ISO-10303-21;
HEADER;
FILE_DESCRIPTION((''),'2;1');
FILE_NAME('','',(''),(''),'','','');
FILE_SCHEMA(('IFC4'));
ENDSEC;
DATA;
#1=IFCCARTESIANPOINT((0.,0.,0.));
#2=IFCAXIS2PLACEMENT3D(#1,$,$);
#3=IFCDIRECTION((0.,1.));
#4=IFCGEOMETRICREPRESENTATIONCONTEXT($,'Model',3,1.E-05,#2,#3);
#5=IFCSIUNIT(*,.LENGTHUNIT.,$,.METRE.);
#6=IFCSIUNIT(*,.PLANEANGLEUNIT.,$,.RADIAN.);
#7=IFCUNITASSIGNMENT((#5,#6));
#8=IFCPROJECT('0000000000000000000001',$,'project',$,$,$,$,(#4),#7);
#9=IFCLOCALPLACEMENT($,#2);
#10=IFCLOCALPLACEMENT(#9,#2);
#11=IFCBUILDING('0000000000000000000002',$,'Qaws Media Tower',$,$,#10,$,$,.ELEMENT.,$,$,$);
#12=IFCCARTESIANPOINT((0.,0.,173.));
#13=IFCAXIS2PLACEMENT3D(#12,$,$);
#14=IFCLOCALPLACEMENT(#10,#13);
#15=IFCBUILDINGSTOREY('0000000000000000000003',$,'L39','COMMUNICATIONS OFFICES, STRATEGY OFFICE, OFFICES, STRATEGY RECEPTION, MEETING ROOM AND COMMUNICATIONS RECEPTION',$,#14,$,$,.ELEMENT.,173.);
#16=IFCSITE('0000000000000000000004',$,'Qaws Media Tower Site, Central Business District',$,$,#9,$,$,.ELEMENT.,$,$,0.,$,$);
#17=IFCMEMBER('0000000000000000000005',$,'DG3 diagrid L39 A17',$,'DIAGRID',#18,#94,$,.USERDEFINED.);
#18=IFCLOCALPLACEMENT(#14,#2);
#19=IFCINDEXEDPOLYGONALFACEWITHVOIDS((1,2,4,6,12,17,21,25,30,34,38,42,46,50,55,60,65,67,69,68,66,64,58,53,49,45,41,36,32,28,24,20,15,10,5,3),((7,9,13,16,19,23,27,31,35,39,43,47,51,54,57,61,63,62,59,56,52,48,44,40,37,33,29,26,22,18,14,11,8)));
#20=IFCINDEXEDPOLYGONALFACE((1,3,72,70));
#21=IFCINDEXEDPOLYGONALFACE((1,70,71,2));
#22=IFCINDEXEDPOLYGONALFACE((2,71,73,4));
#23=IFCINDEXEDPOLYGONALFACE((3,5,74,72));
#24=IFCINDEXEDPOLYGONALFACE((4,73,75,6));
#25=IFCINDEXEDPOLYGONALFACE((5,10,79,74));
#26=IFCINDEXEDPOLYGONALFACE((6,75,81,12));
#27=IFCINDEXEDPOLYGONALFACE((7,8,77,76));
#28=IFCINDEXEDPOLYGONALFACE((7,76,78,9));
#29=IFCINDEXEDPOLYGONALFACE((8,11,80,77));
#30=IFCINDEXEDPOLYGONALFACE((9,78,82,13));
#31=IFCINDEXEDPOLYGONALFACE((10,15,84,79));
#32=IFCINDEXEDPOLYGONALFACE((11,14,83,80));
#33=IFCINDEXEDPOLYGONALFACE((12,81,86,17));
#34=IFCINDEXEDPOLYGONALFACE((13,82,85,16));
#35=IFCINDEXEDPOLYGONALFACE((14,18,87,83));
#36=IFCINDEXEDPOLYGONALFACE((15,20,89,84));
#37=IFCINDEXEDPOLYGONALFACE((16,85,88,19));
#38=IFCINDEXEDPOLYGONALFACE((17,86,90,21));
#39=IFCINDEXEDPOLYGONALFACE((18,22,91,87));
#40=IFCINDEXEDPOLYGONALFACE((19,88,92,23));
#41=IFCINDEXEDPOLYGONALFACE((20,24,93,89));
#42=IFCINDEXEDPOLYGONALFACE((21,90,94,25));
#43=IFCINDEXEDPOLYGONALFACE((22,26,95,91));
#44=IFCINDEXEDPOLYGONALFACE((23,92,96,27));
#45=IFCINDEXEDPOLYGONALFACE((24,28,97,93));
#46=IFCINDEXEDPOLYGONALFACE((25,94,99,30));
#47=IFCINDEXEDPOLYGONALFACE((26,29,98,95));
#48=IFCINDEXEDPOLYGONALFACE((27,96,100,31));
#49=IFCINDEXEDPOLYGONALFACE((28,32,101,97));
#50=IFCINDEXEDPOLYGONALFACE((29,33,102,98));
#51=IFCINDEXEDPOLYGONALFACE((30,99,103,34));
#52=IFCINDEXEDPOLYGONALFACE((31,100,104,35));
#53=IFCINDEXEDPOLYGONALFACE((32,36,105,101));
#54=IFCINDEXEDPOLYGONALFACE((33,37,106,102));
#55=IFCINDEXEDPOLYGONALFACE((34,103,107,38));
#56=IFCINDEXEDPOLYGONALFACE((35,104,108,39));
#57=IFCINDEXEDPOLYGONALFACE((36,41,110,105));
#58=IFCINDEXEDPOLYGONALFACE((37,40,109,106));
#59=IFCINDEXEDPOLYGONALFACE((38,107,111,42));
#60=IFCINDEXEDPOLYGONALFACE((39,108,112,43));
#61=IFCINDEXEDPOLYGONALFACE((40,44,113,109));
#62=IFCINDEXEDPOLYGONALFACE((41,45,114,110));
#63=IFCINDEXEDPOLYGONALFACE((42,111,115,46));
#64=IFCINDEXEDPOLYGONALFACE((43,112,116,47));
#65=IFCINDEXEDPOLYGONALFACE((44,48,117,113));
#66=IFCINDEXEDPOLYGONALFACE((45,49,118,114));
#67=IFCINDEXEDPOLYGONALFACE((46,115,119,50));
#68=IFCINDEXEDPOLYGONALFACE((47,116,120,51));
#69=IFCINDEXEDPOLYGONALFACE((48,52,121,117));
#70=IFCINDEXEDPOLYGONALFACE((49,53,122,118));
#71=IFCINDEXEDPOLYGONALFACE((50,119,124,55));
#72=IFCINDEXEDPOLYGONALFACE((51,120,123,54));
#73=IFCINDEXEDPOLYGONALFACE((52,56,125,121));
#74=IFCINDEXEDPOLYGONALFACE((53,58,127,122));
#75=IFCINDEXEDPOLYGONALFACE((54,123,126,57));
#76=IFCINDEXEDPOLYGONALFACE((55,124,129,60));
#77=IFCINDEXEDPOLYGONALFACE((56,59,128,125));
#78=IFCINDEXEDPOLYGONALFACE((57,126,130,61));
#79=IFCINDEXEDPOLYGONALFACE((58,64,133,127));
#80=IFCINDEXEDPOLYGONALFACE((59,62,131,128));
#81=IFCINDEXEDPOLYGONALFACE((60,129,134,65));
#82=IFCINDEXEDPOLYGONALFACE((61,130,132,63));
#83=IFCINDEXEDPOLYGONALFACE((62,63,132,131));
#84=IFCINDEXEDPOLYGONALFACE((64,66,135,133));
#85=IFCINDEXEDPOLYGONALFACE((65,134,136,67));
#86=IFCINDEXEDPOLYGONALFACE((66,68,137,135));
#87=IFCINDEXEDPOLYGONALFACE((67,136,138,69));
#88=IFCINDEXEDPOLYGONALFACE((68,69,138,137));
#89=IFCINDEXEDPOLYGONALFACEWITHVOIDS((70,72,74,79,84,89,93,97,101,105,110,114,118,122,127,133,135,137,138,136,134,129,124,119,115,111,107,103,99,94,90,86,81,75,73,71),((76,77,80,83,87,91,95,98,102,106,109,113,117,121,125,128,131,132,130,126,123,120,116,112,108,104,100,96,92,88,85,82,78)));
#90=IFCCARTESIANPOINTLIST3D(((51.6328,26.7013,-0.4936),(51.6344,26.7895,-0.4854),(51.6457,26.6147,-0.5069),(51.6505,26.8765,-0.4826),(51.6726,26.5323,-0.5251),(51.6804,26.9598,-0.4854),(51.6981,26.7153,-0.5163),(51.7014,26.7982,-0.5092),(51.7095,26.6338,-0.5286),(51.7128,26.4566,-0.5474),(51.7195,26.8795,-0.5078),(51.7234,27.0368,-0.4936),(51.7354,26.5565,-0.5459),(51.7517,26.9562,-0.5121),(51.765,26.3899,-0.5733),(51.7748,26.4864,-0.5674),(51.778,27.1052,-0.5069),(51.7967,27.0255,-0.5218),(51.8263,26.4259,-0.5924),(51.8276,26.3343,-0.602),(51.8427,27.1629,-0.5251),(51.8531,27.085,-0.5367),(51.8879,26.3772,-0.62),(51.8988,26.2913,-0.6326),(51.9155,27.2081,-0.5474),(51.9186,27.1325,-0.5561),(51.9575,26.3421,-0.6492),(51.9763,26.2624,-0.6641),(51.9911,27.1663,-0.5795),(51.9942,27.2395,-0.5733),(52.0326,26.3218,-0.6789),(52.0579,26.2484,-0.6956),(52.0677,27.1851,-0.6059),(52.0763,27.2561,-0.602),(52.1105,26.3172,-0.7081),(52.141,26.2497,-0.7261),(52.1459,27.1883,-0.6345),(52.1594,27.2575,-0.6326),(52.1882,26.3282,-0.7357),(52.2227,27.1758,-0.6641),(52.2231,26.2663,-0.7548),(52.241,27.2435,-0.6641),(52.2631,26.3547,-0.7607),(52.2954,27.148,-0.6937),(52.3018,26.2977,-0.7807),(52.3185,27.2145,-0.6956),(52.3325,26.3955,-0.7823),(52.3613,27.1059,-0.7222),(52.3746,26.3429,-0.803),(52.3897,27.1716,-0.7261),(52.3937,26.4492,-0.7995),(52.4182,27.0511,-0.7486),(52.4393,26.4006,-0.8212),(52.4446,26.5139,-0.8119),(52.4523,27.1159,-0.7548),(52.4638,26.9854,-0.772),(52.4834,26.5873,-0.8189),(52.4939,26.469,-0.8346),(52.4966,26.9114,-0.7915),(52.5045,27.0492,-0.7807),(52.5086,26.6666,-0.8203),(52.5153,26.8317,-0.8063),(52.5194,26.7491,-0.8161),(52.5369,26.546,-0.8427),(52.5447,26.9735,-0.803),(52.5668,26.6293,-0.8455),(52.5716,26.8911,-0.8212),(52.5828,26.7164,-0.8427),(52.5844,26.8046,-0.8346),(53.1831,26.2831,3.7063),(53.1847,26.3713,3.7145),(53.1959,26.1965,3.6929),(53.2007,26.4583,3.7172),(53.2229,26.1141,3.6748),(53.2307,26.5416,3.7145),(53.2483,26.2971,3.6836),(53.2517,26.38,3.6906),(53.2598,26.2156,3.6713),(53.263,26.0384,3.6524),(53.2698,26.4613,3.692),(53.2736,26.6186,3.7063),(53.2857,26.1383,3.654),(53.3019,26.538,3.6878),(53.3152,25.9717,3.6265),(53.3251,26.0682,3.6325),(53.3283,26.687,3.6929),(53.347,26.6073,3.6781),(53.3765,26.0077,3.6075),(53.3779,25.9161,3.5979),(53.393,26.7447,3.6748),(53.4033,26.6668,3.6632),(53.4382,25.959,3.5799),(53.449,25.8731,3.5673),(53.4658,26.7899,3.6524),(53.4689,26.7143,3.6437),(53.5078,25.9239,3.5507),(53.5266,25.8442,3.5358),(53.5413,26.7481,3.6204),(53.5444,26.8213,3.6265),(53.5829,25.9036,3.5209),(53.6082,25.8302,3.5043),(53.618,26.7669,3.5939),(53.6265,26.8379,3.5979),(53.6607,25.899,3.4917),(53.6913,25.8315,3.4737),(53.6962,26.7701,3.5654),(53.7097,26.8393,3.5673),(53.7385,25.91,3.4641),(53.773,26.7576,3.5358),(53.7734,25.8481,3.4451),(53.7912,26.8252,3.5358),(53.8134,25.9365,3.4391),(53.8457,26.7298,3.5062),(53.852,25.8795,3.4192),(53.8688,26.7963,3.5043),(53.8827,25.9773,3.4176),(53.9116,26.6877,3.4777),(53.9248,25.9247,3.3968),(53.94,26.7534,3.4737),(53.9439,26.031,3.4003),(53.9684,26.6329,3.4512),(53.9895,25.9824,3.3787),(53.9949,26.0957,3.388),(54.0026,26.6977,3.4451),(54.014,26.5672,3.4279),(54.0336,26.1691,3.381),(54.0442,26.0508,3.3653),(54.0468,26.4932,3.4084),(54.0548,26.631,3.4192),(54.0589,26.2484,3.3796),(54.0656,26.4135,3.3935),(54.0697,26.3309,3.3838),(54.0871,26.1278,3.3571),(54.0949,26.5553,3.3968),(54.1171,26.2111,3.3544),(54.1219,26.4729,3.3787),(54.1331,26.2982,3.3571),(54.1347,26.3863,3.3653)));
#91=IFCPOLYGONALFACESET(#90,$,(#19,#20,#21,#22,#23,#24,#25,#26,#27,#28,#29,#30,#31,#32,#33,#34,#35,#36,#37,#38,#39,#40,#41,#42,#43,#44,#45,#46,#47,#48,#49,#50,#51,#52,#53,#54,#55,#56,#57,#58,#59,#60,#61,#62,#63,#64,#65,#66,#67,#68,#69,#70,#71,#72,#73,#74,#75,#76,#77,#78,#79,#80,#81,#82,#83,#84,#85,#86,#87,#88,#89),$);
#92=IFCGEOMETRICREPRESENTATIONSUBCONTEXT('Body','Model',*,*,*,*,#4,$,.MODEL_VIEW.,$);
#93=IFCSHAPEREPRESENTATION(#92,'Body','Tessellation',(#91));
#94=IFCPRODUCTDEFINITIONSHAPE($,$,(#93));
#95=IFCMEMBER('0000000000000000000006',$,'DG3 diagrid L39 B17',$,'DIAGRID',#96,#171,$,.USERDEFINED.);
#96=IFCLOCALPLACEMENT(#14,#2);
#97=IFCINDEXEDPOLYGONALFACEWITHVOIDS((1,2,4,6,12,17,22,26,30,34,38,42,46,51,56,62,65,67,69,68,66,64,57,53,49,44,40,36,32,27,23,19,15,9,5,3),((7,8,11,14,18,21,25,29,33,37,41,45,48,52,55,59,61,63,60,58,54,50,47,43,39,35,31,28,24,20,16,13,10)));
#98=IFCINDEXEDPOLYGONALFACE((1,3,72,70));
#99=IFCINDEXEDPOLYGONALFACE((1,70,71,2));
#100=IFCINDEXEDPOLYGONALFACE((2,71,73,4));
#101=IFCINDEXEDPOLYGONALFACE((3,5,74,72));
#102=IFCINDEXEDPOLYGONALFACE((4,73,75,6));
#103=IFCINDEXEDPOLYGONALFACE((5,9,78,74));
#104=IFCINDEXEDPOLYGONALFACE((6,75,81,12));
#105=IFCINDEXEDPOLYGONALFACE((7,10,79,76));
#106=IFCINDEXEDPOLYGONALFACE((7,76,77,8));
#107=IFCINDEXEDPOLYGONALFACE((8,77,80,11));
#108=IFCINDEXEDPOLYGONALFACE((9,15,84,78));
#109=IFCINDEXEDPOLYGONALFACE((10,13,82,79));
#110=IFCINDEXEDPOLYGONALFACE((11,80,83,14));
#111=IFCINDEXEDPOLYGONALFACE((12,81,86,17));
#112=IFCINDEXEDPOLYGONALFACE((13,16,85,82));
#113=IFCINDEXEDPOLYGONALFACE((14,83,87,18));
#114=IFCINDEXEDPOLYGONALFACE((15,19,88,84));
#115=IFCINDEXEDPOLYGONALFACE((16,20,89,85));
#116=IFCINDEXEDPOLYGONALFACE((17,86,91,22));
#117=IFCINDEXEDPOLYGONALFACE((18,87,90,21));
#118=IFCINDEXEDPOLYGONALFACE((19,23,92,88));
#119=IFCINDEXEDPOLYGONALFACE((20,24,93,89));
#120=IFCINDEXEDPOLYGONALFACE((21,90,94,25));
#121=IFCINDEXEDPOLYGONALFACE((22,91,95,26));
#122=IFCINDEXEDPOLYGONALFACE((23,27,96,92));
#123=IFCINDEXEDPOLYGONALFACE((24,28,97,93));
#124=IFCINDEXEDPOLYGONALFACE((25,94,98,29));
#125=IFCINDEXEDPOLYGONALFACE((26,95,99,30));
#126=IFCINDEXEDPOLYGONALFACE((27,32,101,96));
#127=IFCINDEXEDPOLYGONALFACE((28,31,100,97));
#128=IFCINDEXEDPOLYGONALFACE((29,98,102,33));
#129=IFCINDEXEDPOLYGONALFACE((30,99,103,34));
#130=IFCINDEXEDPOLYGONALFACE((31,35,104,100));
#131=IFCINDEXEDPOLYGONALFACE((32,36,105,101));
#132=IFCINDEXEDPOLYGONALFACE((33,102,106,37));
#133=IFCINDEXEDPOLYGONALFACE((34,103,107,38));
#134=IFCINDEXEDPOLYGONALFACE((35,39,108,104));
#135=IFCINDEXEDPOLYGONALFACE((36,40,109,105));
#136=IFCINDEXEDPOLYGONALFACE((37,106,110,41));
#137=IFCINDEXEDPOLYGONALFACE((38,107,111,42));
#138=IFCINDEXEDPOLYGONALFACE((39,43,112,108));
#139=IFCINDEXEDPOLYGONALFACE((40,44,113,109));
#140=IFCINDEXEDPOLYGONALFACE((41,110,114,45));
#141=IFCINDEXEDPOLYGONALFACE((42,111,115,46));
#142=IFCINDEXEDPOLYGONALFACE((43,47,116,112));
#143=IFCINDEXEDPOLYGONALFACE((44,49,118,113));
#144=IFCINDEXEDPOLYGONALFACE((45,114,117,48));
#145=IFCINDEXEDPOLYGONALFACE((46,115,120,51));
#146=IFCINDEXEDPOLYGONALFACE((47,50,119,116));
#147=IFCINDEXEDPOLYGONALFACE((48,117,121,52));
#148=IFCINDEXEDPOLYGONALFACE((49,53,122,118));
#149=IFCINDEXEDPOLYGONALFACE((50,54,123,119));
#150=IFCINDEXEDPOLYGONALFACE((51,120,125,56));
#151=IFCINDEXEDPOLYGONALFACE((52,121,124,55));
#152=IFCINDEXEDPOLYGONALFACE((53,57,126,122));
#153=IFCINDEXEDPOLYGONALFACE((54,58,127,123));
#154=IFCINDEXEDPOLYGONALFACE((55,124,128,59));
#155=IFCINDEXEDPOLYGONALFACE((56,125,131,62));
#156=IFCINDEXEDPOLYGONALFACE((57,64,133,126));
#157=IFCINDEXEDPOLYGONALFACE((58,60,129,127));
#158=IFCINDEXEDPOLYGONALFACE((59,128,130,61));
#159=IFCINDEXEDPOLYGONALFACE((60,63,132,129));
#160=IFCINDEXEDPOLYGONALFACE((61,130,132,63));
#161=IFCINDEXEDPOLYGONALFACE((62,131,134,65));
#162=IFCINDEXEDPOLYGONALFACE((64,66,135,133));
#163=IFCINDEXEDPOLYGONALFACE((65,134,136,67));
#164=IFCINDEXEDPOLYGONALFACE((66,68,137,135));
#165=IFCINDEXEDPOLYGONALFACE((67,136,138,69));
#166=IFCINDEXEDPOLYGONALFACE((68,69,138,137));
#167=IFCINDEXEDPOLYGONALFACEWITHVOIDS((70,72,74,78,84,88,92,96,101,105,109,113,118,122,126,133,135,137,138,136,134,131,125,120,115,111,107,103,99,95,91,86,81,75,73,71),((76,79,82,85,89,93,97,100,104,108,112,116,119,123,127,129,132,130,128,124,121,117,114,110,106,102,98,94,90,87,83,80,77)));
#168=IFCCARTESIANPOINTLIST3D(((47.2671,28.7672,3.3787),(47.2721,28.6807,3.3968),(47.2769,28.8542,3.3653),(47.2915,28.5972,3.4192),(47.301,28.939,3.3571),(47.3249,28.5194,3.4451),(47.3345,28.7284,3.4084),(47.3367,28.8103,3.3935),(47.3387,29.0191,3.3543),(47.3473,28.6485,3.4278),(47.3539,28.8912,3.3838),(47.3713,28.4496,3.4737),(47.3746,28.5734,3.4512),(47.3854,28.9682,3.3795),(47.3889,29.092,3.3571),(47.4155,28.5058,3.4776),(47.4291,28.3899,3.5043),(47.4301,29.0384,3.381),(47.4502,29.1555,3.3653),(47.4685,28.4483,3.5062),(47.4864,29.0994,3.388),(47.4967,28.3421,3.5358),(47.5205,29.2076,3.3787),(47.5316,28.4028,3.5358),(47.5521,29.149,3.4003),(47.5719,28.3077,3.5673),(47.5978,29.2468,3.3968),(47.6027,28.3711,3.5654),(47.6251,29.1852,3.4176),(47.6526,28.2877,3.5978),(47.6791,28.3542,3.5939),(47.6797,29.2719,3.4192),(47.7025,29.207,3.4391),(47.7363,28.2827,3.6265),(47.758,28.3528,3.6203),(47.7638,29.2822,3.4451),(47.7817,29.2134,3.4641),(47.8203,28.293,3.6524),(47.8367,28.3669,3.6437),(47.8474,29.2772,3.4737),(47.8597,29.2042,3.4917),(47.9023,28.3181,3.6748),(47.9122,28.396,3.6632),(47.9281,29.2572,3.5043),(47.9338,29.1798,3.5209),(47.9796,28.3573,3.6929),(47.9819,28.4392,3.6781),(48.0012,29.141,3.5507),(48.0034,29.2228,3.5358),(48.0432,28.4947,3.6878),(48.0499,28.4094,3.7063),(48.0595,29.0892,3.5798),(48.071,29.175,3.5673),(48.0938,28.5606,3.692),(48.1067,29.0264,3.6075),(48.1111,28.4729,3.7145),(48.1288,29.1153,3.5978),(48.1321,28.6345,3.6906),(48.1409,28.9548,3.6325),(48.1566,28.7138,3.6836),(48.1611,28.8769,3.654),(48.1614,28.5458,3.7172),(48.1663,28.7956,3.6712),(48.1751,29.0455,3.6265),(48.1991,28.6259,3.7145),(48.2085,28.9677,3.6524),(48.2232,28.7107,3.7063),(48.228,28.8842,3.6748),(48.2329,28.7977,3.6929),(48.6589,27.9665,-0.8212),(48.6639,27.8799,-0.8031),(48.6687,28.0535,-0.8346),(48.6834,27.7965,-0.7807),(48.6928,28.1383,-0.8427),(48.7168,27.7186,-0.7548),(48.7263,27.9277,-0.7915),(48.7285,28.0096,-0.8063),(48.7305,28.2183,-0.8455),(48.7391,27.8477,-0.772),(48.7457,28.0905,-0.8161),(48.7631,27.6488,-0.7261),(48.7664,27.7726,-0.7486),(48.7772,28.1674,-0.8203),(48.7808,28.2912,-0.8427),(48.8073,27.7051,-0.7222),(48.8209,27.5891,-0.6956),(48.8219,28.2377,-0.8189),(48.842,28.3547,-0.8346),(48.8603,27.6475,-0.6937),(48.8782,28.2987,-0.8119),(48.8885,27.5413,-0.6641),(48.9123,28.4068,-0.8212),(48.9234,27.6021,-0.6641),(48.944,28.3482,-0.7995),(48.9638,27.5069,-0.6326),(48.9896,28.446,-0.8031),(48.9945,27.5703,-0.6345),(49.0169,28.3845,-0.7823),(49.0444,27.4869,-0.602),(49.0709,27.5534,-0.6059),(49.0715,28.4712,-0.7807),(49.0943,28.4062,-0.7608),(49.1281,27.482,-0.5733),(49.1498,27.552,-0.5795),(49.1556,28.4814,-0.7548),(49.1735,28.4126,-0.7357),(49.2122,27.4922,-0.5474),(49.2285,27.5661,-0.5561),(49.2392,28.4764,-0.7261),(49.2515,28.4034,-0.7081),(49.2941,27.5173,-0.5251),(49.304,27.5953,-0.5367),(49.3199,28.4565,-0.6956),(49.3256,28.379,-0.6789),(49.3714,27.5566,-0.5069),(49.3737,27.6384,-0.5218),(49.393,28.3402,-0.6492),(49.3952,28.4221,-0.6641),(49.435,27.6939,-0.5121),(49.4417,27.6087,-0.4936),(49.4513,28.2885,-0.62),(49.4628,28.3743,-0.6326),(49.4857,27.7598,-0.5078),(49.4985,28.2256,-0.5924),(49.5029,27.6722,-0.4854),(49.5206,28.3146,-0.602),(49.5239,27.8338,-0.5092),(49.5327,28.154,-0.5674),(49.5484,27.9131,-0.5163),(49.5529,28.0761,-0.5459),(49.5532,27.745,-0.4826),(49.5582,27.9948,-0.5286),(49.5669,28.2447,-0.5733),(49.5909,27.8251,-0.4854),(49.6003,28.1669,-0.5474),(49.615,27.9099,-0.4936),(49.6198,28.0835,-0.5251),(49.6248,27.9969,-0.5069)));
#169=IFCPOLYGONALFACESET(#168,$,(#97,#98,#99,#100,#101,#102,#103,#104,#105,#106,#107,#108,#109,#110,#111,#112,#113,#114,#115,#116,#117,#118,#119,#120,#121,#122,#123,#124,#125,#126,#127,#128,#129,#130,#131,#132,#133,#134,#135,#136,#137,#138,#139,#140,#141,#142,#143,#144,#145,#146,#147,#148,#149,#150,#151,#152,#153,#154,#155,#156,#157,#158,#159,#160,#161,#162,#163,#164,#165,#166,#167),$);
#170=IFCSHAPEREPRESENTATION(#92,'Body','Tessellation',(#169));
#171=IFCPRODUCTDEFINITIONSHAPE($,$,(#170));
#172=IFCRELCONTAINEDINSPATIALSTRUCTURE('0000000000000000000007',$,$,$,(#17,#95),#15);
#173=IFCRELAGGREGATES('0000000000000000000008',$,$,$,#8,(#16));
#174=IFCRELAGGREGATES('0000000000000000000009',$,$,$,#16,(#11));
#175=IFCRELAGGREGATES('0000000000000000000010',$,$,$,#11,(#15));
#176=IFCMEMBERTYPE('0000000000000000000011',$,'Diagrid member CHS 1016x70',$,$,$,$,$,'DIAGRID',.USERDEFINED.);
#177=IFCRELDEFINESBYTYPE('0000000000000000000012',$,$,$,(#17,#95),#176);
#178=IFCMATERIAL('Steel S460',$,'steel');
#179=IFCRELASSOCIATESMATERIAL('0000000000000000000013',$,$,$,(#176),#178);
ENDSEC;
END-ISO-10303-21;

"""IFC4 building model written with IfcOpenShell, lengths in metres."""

from ifc_helpers import new_model, si_unit, direction, frame, origin, origin_2d, place, context, subcontext, project, spatial, hollow_circle, extrude, material, material_profile, profile_set, type_object, element, save


model = new_model("IFC4")

# Units and contexts
model_context = context("Model", 3, precision=1e-05, world=origin(), true_north=direction((0.0, 1.0)))
body_context = subcontext(model_context, "Body", "Model", "MODEL_VIEW")
ifc_project = project(units=[si_unit("LENGTHUNIT", "METRE"), si_unit("PLANEANGLEUNIT", "RADIAN")], contexts=[model_context])

# Site, building, storey
site_placement = place(None, origin())
site = spatial("IfcSite", under=ifc_project, at=site_placement, Name="Qaws Media Tower Site, Central Business District", CompositionType="ELEMENT", RefElevation=0.0)
building_placement = place(site_placement, origin())
building = spatial("IfcBuilding", under=site, at=building_placement, Name="Qaws Media Tower", CompositionType="ELEMENT")
storey_placement = place(building_placement, frame((0.0, 0.0, 173.0)))
storey = spatial("IfcBuildingStorey", under=building, at=storey_placement, Name="L39", Description="COMMUNICATIONS OFFICES, STRATEGY OFFICE, OFFICES, STRATEGY RECEPTION, MEETING ROOM AND COMMUNICATIONS RECEPTION", CompositionType="ELEMENT", Elevation=173.0)

# Members
ifc_material_1 = material(Name="Steel S460", Category="steel")
ifc_material_profile_1 = material_profile(ifc_material_1, hollow_circle(Radius=0.5081, WallThickness=0.0701, at=origin_2d()), Name="CHS 1016x70")
ifc_profile_set_1 = profile_set([ifc_material_profile_1], Name="Steel S460")
member_type_1 = type_object("IfcMemberType", Name="Diagrid member CHS 1016x70", ElementType="DIAGRID", PredefinedType="USERDEFINED", material=ifc_profile_set_1)
for number, where, z_axis, x_axis, name in (
    (1, (52.1086, 26.7529, -0.6641), (0.344783, -0.09301, 0.934063), (0.260453, 0.965486, 0.0), "DG3 diagrid L39 A17"),
    (2, (49.1418, 27.9817, -0.6641), (-0.309543, 0.178092, 0.934059), (-0.498691, -0.86678, 0.0), "DG3 diagrid L39 B17"),
):
    element("IfcMember", number, at=place(storey_placement, frame(where, z_axis=z_axis, x_axis=x_axis)), inside=storey, type_object=member_type_1, Name=name, ObjectType="DIAGRID", PredefinedType="USERDEFINED", context=body_context, shape_type="SweptSolid", body=[
        extrude(hollow_circle(Radius=0.5081, WallThickness=0.0701, at=origin_2d()), origin(), (0.0, 0.0, 1.0), 4.4963),
    ])

save(model, "model.ifc")
